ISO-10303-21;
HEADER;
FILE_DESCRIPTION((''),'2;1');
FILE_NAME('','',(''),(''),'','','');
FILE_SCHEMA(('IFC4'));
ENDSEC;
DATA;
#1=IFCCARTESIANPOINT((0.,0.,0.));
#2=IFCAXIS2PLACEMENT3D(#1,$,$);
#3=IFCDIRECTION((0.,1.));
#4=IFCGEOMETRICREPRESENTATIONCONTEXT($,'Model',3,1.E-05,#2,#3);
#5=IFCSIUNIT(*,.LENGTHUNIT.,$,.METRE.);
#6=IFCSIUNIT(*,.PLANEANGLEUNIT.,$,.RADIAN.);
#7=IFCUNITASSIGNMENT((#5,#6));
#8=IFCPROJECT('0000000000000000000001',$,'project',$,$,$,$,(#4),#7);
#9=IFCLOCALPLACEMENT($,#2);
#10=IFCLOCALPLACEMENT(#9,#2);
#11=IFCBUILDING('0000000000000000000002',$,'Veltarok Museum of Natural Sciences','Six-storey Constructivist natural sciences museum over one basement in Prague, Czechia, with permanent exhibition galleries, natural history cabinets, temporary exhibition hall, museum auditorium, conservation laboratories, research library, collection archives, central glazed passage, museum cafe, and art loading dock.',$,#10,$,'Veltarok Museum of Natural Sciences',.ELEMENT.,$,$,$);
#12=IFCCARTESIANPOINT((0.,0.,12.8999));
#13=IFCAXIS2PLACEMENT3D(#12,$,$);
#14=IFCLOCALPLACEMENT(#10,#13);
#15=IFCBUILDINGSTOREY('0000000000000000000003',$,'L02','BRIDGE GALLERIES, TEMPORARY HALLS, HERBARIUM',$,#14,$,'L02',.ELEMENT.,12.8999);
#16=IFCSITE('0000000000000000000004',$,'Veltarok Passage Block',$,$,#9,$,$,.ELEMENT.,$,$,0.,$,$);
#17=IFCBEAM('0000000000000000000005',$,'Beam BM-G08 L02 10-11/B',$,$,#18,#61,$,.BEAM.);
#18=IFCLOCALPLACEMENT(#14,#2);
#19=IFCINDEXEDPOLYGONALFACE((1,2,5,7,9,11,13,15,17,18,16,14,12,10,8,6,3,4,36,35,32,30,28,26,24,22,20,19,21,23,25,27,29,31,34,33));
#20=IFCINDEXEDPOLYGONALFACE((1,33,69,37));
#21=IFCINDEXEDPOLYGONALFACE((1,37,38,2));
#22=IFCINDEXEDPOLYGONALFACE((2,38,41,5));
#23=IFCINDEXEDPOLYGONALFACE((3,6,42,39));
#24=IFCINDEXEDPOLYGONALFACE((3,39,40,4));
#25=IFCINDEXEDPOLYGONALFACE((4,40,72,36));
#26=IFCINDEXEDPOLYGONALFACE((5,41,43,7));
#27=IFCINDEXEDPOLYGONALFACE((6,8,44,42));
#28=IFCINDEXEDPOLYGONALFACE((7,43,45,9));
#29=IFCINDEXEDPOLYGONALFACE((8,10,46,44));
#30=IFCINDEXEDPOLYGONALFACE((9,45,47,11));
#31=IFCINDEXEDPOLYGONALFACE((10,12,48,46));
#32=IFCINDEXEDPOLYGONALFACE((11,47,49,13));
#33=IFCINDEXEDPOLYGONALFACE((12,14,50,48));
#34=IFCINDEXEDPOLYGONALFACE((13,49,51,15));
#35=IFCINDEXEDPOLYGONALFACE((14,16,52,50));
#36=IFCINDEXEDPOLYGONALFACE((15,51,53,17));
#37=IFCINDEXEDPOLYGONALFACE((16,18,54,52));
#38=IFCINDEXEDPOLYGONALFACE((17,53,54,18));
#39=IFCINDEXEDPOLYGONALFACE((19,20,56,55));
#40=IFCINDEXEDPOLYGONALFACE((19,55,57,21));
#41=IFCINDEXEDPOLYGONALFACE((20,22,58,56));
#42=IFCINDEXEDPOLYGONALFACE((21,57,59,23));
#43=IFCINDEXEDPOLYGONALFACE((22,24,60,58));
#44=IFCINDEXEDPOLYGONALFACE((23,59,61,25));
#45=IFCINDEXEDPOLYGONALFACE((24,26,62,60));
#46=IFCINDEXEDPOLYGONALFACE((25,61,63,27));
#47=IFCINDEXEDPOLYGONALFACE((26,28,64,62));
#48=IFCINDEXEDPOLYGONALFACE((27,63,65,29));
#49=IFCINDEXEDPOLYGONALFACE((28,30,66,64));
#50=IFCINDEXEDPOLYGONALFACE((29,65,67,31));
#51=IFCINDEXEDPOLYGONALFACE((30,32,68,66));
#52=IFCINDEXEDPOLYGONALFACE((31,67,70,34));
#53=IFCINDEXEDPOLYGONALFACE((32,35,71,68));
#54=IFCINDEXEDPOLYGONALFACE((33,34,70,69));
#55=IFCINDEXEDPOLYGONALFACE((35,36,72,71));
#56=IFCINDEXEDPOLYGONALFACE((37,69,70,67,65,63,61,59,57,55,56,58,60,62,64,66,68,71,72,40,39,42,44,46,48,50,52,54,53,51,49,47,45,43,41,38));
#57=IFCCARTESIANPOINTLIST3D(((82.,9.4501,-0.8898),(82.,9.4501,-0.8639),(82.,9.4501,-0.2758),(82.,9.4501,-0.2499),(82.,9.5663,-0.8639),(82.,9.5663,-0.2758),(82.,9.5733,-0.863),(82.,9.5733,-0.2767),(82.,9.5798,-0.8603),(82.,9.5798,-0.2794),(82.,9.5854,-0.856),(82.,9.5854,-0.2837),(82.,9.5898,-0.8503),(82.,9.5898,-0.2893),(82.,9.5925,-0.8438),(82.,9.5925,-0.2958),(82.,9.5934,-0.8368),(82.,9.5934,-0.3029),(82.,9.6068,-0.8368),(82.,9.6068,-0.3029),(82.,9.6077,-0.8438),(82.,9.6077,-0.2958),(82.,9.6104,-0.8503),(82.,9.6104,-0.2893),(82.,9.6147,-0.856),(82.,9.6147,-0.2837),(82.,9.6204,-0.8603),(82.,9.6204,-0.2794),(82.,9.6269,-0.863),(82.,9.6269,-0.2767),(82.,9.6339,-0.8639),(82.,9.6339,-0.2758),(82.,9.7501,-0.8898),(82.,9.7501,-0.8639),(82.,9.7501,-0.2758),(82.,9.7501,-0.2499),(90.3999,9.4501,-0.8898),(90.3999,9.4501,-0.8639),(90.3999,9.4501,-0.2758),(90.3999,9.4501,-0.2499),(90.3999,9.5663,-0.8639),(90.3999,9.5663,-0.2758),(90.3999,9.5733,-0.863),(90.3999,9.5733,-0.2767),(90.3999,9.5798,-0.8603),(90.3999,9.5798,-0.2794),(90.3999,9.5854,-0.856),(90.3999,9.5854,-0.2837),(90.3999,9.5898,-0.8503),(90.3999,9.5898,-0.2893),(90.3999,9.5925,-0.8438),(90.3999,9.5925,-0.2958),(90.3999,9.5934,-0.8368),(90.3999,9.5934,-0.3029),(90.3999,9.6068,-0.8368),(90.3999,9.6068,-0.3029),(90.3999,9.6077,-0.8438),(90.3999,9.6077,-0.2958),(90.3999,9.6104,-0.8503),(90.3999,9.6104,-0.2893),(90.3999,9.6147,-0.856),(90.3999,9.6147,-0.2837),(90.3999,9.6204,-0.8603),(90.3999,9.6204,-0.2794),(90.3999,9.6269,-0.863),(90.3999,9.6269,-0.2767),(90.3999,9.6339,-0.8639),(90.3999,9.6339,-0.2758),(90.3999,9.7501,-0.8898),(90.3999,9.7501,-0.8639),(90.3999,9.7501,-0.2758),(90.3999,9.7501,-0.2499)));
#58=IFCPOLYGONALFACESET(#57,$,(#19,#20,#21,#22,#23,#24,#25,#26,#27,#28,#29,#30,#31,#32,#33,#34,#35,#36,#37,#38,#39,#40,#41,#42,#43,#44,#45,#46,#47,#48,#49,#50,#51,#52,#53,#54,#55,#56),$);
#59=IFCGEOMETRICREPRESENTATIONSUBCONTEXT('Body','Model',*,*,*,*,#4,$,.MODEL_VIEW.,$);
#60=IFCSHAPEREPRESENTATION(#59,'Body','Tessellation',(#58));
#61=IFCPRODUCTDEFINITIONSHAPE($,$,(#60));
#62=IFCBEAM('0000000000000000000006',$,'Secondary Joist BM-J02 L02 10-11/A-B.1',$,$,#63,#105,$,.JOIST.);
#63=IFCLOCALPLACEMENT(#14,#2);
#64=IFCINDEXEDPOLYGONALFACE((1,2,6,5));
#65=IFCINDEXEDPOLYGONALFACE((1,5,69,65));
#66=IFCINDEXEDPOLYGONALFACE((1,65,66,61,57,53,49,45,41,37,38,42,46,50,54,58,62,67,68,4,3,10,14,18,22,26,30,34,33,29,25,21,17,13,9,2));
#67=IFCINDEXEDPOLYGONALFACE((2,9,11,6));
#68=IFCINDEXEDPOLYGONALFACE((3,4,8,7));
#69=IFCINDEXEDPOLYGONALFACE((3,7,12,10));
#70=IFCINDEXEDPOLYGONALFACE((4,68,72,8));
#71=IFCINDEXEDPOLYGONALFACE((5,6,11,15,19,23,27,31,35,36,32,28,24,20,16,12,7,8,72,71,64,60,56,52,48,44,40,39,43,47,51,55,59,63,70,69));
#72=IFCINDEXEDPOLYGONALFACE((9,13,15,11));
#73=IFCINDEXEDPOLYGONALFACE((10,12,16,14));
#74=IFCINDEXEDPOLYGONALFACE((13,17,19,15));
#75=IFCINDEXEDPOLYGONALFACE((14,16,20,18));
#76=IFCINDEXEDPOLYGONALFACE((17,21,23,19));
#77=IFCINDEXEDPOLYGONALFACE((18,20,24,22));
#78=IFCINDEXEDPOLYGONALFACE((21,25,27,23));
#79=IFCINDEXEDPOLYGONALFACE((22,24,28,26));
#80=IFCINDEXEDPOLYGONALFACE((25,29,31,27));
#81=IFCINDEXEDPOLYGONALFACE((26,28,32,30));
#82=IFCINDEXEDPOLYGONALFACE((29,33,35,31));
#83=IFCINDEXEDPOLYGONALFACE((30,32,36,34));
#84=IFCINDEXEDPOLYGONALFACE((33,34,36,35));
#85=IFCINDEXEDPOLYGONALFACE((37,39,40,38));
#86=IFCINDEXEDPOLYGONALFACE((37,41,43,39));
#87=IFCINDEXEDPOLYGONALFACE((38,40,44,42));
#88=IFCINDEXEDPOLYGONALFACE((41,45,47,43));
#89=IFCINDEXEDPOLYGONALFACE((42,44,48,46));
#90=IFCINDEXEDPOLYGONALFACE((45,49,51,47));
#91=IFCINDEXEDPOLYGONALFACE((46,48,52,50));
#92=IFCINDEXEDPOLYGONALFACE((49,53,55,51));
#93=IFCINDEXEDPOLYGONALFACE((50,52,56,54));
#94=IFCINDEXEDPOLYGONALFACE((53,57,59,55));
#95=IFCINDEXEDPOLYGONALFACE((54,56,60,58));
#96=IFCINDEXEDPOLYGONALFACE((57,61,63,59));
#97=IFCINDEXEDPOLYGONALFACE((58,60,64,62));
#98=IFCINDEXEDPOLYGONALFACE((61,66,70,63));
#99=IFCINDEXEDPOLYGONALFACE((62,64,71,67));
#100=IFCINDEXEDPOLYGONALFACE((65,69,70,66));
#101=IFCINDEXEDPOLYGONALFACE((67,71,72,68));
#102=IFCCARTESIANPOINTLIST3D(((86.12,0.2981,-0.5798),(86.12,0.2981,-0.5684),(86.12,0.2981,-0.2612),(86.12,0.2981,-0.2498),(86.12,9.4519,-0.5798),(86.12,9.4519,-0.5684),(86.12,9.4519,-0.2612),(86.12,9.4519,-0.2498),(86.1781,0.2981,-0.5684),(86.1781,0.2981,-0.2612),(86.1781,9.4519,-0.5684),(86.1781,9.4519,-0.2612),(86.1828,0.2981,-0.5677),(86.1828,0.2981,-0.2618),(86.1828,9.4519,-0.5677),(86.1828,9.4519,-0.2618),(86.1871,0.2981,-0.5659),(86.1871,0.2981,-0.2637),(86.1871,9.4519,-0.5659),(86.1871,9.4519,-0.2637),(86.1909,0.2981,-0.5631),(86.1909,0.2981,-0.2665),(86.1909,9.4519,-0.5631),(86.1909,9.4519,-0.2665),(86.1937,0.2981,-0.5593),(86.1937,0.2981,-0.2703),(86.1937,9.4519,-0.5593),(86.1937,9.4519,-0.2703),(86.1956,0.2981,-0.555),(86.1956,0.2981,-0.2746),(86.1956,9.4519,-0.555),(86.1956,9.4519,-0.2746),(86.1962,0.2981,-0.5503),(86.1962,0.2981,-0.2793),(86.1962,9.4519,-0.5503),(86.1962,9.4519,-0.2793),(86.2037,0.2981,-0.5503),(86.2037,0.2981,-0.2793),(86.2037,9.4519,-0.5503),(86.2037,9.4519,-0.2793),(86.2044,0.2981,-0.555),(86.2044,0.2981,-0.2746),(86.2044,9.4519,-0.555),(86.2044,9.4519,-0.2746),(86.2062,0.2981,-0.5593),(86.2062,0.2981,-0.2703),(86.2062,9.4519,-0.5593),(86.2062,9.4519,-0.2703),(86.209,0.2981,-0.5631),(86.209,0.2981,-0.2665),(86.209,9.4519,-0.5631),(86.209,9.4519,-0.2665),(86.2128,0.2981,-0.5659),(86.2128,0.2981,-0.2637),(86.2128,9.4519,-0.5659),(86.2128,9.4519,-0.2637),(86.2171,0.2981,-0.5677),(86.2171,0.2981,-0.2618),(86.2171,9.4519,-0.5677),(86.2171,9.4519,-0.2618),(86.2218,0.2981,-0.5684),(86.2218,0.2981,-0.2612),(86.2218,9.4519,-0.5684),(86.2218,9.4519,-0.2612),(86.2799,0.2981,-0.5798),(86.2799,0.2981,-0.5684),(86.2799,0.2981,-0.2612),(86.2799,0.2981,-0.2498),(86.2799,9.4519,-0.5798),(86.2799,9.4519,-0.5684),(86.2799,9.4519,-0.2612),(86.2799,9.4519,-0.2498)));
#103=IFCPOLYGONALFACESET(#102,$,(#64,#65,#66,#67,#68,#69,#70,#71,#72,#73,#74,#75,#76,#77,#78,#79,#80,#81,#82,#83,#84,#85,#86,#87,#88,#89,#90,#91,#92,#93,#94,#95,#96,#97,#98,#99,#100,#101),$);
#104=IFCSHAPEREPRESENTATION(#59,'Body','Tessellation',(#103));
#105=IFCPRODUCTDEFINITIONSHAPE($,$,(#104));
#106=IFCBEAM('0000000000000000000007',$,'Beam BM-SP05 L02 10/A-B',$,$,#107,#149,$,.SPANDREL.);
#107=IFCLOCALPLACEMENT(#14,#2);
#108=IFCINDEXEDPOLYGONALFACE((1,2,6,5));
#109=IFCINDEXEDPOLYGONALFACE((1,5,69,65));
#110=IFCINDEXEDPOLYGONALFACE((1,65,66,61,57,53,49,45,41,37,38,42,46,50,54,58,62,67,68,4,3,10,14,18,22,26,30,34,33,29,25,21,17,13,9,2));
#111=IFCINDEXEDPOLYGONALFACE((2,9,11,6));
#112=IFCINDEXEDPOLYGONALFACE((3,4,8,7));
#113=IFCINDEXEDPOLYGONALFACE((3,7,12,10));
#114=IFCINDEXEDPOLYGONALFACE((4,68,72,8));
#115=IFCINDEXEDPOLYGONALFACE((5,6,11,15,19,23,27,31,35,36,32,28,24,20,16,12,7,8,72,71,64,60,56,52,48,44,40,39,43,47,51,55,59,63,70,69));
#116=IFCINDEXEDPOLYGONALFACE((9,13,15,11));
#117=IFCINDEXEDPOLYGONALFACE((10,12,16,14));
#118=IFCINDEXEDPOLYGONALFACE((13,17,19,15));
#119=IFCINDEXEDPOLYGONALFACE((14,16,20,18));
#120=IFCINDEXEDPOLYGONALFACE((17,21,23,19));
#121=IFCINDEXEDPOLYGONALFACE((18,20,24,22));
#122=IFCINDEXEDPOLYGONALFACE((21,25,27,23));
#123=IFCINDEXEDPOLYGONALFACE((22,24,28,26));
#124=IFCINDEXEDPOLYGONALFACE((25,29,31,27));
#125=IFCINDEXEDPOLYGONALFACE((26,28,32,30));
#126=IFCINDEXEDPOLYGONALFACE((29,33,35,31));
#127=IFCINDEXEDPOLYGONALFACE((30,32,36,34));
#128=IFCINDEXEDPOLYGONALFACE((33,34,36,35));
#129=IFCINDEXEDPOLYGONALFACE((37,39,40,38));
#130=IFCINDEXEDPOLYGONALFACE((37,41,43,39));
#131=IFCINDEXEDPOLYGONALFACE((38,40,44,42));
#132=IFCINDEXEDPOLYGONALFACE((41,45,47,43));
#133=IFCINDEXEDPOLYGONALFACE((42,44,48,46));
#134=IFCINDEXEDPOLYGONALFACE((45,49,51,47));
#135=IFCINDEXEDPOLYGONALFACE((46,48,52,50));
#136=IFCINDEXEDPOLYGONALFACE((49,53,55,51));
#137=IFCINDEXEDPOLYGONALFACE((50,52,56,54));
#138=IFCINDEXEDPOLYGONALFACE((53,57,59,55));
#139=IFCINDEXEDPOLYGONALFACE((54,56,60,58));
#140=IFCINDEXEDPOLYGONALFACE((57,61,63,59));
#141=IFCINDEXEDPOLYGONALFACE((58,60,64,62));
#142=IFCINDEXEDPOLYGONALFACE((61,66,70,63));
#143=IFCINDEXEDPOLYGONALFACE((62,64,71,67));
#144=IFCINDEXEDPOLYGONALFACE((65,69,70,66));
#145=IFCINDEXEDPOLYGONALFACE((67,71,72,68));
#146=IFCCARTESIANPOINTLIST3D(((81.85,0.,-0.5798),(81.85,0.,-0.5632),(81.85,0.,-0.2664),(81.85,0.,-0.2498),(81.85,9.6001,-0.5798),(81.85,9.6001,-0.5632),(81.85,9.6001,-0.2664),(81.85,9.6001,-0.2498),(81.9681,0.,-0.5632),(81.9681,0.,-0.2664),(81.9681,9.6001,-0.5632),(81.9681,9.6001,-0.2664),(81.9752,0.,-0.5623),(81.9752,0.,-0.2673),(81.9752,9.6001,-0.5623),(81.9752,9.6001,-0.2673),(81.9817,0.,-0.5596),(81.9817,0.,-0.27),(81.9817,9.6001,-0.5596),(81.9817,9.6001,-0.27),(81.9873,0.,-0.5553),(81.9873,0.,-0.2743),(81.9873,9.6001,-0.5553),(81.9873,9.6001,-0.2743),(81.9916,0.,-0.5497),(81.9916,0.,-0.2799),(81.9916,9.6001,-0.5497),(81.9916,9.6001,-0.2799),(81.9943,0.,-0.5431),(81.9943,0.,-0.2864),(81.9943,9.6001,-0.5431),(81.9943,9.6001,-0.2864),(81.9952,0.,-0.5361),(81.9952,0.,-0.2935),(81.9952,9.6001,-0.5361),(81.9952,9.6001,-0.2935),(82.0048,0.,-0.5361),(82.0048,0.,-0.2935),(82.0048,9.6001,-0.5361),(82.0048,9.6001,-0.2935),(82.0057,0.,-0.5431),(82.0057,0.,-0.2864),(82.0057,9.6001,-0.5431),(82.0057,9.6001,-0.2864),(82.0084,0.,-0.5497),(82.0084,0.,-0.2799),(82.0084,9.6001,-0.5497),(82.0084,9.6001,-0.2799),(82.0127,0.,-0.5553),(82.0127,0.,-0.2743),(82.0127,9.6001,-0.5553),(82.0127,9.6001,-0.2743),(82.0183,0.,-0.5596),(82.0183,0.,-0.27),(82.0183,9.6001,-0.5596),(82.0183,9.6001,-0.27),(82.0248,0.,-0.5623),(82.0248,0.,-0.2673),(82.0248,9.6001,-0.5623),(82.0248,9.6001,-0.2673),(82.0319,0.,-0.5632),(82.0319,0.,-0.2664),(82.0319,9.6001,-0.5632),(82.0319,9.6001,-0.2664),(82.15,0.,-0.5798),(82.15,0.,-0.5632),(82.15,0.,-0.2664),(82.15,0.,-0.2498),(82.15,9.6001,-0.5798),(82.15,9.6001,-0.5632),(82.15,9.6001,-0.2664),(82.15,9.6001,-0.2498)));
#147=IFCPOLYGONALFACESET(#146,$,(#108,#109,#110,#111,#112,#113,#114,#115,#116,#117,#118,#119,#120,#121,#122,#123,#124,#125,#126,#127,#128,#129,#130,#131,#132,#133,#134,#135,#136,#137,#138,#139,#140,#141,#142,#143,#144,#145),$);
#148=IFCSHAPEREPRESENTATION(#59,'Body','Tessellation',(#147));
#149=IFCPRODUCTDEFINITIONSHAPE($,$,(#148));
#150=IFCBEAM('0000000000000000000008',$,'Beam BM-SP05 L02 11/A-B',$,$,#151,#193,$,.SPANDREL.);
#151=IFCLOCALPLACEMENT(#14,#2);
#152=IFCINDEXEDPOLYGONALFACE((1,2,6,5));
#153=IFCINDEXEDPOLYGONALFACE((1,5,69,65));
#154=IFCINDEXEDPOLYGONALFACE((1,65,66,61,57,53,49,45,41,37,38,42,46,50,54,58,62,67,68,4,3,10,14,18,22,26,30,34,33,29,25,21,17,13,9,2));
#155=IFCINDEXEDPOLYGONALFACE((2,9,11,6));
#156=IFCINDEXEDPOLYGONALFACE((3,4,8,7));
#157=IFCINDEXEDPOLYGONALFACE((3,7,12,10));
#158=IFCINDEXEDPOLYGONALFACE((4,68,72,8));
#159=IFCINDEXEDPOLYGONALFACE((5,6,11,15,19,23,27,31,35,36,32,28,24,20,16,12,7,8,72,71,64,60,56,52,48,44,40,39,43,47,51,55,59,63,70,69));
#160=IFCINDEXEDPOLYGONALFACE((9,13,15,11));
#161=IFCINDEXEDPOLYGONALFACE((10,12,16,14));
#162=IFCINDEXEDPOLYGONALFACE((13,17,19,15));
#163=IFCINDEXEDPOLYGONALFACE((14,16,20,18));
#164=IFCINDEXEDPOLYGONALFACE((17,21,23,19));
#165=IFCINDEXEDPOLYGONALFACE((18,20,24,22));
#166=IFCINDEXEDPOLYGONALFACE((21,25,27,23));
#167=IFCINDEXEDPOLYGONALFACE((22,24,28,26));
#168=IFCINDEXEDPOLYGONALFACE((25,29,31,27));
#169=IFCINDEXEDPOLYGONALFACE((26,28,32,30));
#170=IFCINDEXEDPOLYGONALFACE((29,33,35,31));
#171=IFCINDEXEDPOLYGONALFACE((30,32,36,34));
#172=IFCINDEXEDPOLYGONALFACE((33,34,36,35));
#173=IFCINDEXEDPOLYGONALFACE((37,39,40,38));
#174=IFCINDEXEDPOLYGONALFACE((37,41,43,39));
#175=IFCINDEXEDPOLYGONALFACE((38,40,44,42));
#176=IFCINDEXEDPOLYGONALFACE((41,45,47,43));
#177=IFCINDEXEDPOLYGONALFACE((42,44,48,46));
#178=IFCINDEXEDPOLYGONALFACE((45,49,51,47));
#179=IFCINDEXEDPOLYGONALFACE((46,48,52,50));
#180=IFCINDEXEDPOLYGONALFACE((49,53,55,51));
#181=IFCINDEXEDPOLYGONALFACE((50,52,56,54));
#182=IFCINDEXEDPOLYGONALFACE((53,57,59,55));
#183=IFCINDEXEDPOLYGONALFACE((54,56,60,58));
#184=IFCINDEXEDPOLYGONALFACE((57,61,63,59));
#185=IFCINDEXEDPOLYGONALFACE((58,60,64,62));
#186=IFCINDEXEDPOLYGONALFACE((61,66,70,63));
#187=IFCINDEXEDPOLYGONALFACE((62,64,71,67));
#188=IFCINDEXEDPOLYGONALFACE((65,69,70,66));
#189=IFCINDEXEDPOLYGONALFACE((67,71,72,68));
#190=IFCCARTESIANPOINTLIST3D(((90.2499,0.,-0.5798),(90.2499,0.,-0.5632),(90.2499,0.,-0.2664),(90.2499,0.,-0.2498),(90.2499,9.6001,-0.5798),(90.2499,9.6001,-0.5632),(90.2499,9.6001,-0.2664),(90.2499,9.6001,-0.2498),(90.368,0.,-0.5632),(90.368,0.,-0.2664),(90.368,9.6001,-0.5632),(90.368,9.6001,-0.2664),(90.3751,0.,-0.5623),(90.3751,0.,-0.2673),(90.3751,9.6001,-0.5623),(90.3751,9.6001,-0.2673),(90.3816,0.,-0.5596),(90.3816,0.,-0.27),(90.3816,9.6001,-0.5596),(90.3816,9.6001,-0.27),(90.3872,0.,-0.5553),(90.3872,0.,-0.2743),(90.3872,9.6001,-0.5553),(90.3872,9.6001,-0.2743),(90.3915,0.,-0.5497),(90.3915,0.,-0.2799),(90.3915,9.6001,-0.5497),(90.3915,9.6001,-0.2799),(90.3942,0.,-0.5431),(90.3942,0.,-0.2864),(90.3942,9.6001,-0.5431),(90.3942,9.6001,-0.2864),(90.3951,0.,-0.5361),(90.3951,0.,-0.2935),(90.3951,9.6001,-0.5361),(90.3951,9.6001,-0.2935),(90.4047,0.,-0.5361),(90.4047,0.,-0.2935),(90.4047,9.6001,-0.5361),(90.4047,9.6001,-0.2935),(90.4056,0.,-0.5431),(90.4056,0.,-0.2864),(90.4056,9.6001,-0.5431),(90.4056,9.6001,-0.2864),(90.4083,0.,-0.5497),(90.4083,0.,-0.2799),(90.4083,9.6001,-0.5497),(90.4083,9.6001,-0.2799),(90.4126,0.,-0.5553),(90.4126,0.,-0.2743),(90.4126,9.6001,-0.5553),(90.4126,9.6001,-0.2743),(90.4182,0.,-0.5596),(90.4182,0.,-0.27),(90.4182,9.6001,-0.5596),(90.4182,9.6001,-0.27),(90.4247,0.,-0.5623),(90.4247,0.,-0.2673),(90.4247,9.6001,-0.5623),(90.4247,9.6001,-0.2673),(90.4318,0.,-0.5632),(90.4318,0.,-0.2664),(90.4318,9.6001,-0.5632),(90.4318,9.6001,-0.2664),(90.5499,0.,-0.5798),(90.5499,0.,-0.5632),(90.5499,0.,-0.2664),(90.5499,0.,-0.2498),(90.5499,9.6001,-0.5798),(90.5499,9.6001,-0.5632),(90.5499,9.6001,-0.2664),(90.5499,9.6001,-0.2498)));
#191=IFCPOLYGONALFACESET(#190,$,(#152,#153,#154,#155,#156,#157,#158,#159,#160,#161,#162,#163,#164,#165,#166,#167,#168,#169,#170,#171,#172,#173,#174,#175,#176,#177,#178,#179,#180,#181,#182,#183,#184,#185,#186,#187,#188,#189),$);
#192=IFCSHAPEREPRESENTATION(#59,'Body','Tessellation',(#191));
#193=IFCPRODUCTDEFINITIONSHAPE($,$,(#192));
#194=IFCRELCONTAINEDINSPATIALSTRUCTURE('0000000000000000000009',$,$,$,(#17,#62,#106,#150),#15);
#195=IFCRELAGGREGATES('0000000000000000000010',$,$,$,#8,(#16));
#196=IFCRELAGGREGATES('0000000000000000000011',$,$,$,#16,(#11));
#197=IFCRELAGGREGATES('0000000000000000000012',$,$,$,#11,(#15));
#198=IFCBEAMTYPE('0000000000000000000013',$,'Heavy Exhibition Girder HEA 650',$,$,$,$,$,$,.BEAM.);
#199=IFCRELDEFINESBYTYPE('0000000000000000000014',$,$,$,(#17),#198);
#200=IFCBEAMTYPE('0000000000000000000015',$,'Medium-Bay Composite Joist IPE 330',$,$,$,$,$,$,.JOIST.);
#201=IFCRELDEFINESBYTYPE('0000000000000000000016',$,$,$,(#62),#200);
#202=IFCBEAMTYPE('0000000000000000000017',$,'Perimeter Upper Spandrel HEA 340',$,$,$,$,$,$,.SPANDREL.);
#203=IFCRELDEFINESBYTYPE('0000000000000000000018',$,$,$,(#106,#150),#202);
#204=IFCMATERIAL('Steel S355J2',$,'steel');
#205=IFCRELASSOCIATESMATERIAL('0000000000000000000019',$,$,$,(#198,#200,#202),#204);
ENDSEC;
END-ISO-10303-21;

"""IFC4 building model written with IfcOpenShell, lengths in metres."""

from ifc_helpers import new_model, si_unit, direction, frame, origin, origin_2d, place, context, subcontext, project, spatial, i_section, extrude, material, material_profile, profile_set, type_object, element, save


model = new_model("IFC4")

# Units and contexts
model_context = context("Model", 3, precision=1e-05, world=origin(), true_north=direction((0.0, 1.0)))
body_context = subcontext(model_context, "Body", "Model", "MODEL_VIEW")
ifc_project = project(units=[si_unit("LENGTHUNIT", "METRE"), si_unit("PLANEANGLEUNIT", "RADIAN")], contexts=[model_context])

# Site, building, storey
site_placement = place(None, origin())
site = spatial("IfcSite", under=ifc_project, at=site_placement, Name="Veltarok Passage Block", CompositionType="ELEMENT", RefElevation=0.0)
building_placement = place(site_placement, origin())
building = spatial("IfcBuilding", under=site, at=building_placement, Name="Veltarok Museum of Natural Sciences", Description="Six-storey Constructivist natural sciences museum over one basement in Prague, Czechia, with permanent exhibition galleries, natural history cabinets, temporary exhibition hall, museum auditorium, conservation laboratories, research library, collection archives, central glazed passage, museum cafe, and art loading dock.", LongName="Veltarok Museum of Natural Sciences", CompositionType="ELEMENT")
storey_placement = place(building_placement, frame((0.0, 0.0, 12.8999)))
storey = spatial("IfcBuildingStorey", under=building, at=storey_placement, Name="L02", Description="BRIDGE GALLERIES, TEMPORARY HALLS, HERBARIUM", LongName="L02", CompositionType="ELEMENT", Elevation=12.8999)

# Shared definitions
ifc_material_1 = material(Name="Steel S355J2", Category="steel")

# Beams
ifc_material_profile_1 = material_profile(ifc_material_1, i_section(OverallWidth=0.3, OverallDepth=0.6399, WebThickness=0.0134, FlangeThickness=0.0259, FilletRadius=0.0271, at=origin_2d()), Name="HEA 650")
ifc_profile_set_1 = profile_set([ifc_material_profile_1], Name="Steel S355J2")
beam_type_1 = type_object("IfcBeamType", Name="Heavy Exhibition Girder HEA 650", PredefinedType="BEAM", material=ifc_profile_set_1)
beam_1_placement = place(storey_placement, frame((82.0, 9.6001, -0.5698), z_axis=(1.0, 0.0, 0.0), x_axis=(0.0, 1.0, 0.0)))
element("IfcBeam", 1, at=beam_1_placement, inside=storey, type_object=beam_type_1, Name="Beam BM-G08 L02 10-11/B", PredefinedType="BEAM", context=body_context, shape_type="SweptSolid", body=[
    extrude(i_section(OverallWidth=0.3, OverallDepth=0.6399, WebThickness=0.0134, FlangeThickness=0.0259, FilletRadius=0.0271, at=origin_2d()), origin(), (0.0, 0.0, 1.0), 8.3999),
])
ifc_material_profile_2 = material_profile(ifc_material_1, i_section(OverallWidth=0.1599, OverallDepth=0.3301, WebThickness=0.0076, FlangeThickness=0.0115, FilletRadius=0.0181, at=origin_2d()), Name="IPE 330")
ifc_profile_set_2 = profile_set([ifc_material_profile_2], Name="Steel S355J2")
beam_type_2 = type_object("IfcBeamType", Name="Medium-Bay Composite Joist IPE 330", PredefinedType="JOIST", material=ifc_profile_set_2)
beam_2_placement = place(storey_placement, frame((86.2, 0.2981, -0.4148), z_axis=(0.0, 1.0, 0.0), x_axis=(-1.0, 0.0, 0.0)))
element("IfcBeam", 2, at=beam_2_placement, inside=storey, type_object=beam_type_2, Name="Secondary Joist BM-J02 L02 10-11/A-B.1", PredefinedType="JOIST", context=body_context, shape_type="SweptSolid", body=[
    extrude(i_section(OverallWidth=0.1599, OverallDepth=0.3301, WebThickness=0.0076, FlangeThickness=0.0115, FilletRadius=0.0181, at=origin_2d()), origin(), (0.0, 0.0, 1.0), 9.1538),
])
ifc_material_profile_3 = material_profile(ifc_material_1, i_section(OverallWidth=0.3, OverallDepth=0.3301, WebThickness=0.0095, FlangeThickness=0.0166, FilletRadius=0.0271, at=origin_2d()), Name="HEA 340")
ifc_profile_set_3 = profile_set([ifc_material_profile_3], Name="Steel S355J2")
beam_type_3 = type_object("IfcBeamType", Name="Perimeter Upper Spandrel HEA 340", PredefinedType="SPANDREL", material=ifc_profile_set_3)
for number, where, z_axis, x_axis, name in (
    (3, (82.0, 0.0, -0.4148), (0.0, 1.0, 0.0), (-1.0, 0.0, 0.0), "Beam BM-SP05 L02 10/A-B"),
    (4, (90.3999, 0.0, -0.4148), (0.0, 1.0, 0.0), (-1.0, 0.0, 0.0), "Beam BM-SP05 L02 11/A-B"),
):
    element("IfcBeam", number, at=place(storey_placement, frame(where, z_axis=z_axis, x_axis=x_axis)), inside=storey, type_object=beam_type_3, Name=name, PredefinedType="SPANDREL", context=body_context, shape_type="SweptSolid", body=[
        extrude(i_section(OverallWidth=0.3, OverallDepth=0.3301, WebThickness=0.0095, FlangeThickness=0.0166, FilletRadius=0.0271, at=origin_2d()), origin(), (0.0, 0.0, 1.0), 9.6001),
    ])

save(model, "model.ifc")
